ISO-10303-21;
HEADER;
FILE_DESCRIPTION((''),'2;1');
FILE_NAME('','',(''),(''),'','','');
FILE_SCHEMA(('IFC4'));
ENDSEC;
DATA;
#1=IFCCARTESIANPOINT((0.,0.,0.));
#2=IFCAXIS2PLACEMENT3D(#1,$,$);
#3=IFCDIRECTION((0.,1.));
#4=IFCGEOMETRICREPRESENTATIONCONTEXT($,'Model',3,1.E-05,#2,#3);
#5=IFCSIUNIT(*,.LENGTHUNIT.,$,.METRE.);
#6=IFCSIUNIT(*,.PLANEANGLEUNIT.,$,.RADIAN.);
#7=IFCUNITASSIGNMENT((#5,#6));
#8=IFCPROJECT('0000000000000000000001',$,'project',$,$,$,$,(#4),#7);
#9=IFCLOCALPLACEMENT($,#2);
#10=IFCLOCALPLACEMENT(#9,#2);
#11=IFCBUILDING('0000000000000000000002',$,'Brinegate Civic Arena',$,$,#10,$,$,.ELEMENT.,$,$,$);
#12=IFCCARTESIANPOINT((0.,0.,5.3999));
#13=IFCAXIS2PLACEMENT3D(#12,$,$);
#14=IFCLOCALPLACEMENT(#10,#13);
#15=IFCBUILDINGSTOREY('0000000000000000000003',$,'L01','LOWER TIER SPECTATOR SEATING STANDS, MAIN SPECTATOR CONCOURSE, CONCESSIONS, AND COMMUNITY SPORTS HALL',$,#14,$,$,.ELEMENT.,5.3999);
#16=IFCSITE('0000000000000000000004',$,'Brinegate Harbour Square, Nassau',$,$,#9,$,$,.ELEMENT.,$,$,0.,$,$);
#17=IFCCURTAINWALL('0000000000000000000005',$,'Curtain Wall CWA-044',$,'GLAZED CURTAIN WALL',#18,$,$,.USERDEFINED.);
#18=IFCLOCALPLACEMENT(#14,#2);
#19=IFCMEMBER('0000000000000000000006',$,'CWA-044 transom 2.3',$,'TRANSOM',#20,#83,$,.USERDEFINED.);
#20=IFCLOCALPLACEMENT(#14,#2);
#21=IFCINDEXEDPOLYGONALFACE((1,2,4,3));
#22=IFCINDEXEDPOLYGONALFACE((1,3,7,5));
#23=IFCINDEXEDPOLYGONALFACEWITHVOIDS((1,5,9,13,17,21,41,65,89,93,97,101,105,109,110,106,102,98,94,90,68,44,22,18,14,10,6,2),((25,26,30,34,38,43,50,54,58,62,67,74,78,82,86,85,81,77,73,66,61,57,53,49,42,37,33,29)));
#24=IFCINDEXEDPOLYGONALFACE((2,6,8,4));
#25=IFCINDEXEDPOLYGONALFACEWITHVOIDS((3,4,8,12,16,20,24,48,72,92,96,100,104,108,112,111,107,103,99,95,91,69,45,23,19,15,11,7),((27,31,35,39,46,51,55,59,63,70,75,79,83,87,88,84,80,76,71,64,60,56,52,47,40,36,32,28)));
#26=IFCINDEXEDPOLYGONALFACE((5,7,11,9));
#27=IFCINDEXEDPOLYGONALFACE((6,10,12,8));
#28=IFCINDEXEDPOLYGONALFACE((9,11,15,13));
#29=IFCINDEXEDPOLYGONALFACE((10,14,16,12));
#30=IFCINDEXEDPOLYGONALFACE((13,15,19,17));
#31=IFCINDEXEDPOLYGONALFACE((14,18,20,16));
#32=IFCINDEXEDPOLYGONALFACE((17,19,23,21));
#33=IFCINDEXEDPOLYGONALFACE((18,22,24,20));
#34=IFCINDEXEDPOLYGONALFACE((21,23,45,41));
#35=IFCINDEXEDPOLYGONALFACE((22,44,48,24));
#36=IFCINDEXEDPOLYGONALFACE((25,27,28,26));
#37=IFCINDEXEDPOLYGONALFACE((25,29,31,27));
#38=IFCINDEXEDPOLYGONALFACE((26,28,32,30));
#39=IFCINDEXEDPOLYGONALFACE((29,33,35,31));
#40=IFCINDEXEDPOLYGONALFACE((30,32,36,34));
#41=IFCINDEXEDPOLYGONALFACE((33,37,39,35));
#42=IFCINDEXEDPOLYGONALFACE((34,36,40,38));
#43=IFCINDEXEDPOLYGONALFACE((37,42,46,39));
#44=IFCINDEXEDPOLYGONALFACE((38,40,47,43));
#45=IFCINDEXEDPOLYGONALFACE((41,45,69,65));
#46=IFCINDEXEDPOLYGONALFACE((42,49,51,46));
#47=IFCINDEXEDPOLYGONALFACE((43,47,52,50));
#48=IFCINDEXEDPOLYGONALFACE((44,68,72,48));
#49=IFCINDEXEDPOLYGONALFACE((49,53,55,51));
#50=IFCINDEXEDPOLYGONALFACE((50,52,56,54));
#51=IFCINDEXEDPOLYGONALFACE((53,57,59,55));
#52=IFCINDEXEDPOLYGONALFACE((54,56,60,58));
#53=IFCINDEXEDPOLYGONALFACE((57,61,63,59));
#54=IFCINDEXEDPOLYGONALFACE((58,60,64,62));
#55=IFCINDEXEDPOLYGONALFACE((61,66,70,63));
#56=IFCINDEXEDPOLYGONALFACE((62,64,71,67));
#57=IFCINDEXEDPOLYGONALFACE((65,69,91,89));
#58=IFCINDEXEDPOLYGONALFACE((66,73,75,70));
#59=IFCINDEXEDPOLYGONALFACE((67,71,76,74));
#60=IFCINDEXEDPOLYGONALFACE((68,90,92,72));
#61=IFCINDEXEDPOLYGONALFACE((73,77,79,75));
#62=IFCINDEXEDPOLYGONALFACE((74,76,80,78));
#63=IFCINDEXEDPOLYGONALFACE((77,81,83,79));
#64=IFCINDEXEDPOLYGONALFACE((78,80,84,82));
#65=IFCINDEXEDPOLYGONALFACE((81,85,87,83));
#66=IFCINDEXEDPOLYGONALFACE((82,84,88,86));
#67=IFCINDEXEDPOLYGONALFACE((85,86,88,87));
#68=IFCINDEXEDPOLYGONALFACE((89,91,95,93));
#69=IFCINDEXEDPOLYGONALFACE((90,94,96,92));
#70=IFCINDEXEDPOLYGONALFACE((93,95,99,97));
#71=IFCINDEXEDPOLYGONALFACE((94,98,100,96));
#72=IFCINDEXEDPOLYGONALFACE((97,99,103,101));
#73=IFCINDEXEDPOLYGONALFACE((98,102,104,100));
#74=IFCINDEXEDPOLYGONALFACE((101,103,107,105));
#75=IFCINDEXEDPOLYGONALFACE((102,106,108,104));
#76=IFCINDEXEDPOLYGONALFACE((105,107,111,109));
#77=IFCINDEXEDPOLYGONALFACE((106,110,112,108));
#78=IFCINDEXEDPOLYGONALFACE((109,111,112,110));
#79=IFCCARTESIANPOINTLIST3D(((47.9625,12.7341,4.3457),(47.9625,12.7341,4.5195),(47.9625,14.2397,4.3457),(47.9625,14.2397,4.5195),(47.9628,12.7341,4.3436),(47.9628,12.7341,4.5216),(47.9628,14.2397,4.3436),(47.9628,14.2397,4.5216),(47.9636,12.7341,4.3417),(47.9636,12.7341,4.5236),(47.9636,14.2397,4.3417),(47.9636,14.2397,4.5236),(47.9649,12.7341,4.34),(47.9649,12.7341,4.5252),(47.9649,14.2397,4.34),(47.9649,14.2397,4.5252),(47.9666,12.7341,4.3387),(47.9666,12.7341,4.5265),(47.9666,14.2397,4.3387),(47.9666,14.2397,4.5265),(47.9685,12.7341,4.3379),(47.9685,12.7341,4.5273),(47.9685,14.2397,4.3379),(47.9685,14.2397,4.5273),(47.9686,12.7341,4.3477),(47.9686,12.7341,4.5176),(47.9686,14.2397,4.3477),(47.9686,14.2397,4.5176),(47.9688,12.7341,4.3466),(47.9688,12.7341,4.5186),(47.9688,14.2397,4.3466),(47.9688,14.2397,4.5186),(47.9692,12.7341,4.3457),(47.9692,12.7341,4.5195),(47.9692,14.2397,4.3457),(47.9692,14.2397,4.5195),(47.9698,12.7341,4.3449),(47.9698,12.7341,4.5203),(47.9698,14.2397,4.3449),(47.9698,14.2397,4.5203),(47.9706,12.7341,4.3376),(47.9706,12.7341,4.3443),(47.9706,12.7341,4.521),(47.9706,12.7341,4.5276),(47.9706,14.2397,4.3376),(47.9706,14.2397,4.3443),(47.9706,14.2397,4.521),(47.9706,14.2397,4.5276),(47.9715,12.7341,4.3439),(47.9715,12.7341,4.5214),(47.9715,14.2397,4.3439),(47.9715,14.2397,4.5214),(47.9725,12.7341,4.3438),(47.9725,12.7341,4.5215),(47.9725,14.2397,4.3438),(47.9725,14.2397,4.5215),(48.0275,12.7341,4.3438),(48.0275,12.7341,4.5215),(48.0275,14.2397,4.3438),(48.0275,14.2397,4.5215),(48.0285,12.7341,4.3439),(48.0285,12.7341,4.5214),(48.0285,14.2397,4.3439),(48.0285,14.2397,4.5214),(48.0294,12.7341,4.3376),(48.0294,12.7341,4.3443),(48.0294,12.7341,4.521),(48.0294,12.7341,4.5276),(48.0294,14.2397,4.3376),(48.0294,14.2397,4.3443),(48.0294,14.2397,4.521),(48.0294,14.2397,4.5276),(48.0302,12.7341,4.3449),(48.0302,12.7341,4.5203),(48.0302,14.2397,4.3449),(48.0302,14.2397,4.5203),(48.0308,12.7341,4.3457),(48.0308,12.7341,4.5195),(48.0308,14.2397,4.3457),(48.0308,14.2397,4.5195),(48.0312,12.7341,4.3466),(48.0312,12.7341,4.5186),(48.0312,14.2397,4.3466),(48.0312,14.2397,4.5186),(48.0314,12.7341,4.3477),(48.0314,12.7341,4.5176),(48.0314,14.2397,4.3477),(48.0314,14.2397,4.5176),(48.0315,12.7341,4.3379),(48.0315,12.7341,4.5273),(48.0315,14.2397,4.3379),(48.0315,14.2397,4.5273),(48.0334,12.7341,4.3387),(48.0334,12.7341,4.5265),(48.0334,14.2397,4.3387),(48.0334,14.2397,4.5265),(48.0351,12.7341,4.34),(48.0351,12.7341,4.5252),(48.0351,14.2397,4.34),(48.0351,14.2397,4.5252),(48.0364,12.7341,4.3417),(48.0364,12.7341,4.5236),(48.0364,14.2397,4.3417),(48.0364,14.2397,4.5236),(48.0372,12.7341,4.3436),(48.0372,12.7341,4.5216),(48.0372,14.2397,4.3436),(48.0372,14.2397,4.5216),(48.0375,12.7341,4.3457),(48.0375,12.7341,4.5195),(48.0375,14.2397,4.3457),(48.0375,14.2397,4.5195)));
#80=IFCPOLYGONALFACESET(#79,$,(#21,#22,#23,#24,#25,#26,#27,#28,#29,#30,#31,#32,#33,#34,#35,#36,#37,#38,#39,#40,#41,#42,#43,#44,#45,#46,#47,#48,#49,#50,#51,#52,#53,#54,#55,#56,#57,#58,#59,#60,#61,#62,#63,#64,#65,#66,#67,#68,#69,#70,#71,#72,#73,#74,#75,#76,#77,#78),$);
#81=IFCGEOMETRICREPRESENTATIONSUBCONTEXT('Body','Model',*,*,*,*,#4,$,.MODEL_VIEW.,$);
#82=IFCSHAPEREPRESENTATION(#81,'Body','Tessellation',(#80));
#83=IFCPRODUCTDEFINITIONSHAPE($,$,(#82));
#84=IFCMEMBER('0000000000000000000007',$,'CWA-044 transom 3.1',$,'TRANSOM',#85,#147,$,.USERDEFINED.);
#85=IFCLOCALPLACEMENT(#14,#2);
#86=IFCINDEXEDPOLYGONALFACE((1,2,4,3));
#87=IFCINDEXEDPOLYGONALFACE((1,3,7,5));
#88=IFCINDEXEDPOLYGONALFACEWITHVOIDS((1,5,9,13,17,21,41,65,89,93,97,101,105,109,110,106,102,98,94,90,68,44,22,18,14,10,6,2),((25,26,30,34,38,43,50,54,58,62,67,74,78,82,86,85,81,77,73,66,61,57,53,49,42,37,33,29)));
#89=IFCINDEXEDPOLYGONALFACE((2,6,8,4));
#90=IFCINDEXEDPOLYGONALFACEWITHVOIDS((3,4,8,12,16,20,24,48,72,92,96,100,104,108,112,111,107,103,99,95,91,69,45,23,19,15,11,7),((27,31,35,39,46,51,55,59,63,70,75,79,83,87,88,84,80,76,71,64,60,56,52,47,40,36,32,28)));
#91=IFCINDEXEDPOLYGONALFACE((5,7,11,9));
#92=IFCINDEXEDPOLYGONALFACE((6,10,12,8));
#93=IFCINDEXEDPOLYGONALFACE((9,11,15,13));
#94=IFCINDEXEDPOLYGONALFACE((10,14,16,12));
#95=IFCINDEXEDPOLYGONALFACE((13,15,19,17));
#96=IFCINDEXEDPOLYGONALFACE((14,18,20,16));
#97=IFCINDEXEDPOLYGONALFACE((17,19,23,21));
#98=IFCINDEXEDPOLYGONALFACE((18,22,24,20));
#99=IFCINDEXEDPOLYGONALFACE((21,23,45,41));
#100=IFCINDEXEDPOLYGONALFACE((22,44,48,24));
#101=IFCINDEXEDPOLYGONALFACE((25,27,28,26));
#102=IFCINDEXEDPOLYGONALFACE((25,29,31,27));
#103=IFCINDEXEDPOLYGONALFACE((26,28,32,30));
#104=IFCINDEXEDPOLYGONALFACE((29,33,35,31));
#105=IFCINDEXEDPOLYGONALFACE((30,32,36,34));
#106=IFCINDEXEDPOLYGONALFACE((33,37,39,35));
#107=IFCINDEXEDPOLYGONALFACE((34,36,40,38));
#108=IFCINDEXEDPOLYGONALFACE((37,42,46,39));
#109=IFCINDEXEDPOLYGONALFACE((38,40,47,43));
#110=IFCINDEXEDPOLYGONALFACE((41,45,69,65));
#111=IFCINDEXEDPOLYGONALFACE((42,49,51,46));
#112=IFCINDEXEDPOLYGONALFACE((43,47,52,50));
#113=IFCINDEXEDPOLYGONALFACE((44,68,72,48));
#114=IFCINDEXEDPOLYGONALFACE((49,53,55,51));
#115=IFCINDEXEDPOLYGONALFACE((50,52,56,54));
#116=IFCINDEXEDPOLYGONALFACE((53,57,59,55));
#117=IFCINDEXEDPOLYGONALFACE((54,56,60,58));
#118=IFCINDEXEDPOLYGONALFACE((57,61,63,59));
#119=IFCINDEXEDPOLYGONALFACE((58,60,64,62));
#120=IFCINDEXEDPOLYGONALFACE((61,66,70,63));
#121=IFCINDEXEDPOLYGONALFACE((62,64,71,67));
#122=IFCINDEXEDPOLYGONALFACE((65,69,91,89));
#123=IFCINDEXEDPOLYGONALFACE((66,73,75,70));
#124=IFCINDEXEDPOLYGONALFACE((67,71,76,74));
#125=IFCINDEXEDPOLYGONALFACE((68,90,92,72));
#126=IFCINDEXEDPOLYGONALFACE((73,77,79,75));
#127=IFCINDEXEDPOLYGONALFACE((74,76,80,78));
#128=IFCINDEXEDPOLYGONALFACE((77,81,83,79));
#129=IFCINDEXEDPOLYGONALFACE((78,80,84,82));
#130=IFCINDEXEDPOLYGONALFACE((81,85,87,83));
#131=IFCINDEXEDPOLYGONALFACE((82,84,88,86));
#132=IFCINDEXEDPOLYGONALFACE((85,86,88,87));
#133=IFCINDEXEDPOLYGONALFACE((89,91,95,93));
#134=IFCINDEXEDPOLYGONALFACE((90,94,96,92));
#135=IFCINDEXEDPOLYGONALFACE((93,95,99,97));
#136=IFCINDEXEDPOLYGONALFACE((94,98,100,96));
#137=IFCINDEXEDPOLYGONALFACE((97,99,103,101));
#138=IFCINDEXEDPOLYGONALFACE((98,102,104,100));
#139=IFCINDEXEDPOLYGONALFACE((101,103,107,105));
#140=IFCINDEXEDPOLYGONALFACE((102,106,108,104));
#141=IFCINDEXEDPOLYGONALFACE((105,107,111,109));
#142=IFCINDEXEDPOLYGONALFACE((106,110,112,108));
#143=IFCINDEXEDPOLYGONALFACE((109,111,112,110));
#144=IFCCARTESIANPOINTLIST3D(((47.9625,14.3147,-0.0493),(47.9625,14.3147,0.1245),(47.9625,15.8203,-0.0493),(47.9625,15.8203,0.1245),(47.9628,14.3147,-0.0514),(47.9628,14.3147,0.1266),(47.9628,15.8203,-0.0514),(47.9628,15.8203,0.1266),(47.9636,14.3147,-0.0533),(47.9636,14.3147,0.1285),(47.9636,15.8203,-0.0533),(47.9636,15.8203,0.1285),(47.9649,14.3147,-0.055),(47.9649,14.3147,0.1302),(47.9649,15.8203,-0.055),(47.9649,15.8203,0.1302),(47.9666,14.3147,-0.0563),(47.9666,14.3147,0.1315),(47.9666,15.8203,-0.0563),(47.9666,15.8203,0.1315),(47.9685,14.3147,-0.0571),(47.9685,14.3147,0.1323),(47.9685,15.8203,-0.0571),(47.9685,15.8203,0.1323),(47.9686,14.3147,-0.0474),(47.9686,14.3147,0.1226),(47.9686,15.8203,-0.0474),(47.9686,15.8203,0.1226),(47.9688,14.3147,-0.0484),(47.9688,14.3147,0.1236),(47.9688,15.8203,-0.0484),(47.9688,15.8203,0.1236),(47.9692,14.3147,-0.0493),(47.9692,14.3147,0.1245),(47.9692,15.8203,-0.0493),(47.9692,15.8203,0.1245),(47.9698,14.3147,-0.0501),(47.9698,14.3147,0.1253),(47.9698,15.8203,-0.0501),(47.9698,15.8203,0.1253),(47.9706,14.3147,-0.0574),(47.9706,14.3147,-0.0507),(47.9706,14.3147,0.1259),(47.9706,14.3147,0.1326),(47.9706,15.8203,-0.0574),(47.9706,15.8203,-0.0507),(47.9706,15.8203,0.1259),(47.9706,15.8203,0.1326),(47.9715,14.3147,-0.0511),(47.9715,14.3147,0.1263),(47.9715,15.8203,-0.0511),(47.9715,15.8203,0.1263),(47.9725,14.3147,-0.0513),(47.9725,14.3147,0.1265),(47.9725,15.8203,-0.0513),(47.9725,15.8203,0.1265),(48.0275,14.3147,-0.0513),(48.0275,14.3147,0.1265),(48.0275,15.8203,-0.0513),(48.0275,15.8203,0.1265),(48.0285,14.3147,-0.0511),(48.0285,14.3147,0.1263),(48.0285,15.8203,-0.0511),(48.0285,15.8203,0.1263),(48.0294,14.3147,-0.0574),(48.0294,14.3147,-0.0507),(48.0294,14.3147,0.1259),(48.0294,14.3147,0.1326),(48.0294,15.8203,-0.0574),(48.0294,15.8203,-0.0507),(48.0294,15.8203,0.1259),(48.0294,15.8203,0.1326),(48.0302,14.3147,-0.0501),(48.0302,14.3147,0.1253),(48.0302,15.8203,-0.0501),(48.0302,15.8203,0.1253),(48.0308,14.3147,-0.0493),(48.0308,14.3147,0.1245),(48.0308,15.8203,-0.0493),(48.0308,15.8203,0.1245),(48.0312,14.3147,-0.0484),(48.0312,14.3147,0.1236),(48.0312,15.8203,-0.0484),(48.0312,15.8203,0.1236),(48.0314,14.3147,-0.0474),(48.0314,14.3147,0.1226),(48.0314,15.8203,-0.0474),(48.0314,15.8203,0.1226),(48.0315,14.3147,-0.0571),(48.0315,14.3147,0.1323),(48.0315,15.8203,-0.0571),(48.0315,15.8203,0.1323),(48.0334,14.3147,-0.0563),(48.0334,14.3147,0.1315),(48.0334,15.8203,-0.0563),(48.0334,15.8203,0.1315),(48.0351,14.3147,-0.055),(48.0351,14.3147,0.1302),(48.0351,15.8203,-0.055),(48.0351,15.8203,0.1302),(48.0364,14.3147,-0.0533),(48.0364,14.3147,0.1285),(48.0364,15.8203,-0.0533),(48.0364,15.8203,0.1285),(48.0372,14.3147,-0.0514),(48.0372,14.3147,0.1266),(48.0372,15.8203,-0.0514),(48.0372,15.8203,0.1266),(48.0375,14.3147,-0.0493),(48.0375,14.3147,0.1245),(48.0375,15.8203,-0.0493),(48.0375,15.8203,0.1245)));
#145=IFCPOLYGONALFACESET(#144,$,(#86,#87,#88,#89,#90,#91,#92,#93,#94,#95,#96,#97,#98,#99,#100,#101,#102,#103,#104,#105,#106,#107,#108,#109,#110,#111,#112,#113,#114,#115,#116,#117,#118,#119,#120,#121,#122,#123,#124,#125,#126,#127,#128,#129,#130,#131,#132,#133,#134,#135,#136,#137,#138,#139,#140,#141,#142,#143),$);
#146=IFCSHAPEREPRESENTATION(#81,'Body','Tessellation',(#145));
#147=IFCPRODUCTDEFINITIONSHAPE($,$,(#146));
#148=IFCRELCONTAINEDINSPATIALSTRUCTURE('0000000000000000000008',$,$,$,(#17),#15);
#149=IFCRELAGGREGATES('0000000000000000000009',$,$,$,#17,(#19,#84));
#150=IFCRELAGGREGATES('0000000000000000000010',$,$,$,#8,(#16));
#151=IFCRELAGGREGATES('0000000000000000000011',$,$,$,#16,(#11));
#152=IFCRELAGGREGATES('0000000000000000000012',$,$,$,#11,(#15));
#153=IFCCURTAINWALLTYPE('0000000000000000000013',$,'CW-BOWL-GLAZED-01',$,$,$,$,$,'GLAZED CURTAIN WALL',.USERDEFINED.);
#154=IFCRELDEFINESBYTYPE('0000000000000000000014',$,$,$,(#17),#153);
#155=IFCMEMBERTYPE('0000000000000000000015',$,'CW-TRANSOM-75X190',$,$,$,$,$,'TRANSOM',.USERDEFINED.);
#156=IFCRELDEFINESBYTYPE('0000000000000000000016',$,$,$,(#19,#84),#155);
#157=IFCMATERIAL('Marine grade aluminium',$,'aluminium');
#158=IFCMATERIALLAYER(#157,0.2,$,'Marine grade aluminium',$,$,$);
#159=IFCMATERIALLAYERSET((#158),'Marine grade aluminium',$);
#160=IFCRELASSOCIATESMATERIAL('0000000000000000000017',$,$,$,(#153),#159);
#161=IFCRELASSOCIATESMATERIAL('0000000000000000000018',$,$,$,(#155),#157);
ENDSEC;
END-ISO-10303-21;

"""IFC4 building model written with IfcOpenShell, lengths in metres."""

from ifc_helpers import new_model, si_unit, direction, frame, origin, origin_2d, place, context, subcontext, project, spatial, hollow_rectangle, extrude, material, layer, layer_set, material_profile, profile_set, type_object, element, aggregate, save


model = new_model("IFC4")

# Units and contexts
model_context = context("Model", 3, precision=1e-05, world=origin(), true_north=direction((0.0, 1.0)))
body_context = subcontext(model_context, "Body", "Model", "MODEL_VIEW")
ifc_project = project(units=[si_unit("LENGTHUNIT", "METRE"), si_unit("PLANEANGLEUNIT", "RADIAN")], contexts=[model_context])

# Site, building, storey
site_placement = place(None, origin())
site = spatial("IfcSite", under=ifc_project, at=site_placement, Name="Brinegate Harbour Square, Nassau", CompositionType="ELEMENT", RefElevation=0.0)
building_placement = place(site_placement, origin())
building = spatial("IfcBuilding", under=site, at=building_placement, Name="Brinegate Civic Arena", CompositionType="ELEMENT")
storey_placement = place(building_placement, frame((0.0, 0.0, 5.3999)))
storey = spatial("IfcBuildingStorey", under=building, at=storey_placement, Name="L01", Description="LOWER TIER SPECTATOR SEATING STANDS, MAIN SPECTATOR CONCOURSE, CONCESSIONS, AND COMMUNITY SPORTS HALL", CompositionType="ELEMENT", Elevation=5.3999)

# Curtain wall, members
ifc_material_1 = material(Name="Marine grade aluminium", Category="aluminium")
ifc_layer_1 = layer(ifc_material_1, 0.2, Name="Marine grade aluminium")
ifc_layer_set_1 = layer_set([ifc_layer_1], Name="Marine grade aluminium")
curtain_wall_type = type_object("IfcCurtainWallType", Name="CW-BOWL-GLAZED-01", ElementType="GLAZED CURTAIN WALL", PredefinedType="USERDEFINED", material=ifc_layer_set_1)
curtain_wall_placement = place(storey_placement, origin())
curtain_wall = element("IfcCurtainWall", 1, at=curtain_wall_placement, inside=storey, type_object=curtain_wall_type, Name="Curtain Wall CWA-044", ObjectType="GLAZED CURTAIN WALL", PredefinedType="USERDEFINED")
ifc_material_profile_1 = material_profile(ifc_material_1, hollow_rectangle(XDim=0.075, YDim=0.1899, WallThickness=0.0061, InnerFilletRadius=0.0039, OuterFilletRadius=0.0081, at=origin_2d()), Name="TRN75X190")
ifc_profile_set_1 = profile_set([ifc_material_profile_1], Name="Marine grade aluminium")
member_type_1 = type_object("IfcMemberType", Name="CW-TRANSOM-75X190", ElementType="TRANSOM", PredefinedType="USERDEFINED", material=ifc_profile_set_1)
member_1_placement = place(storey_placement, frame((48.0, 12.7341, 4.4326), z_axis=(0.0, 1.0, 0.0), x_axis=(-1.0, 0.0, 0.0)))
member_1 = element("IfcMember", 2, at=member_1_placement, type_object=member_type_1, Name="CWA-044 transom 2.3", ObjectType="TRANSOM", PredefinedType="USERDEFINED", context=body_context, shape_type="SweptSolid", body=[
    extrude(hollow_rectangle(XDim=0.075, YDim=0.1899, WallThickness=0.0061, InnerFilletRadius=0.0039, OuterFilletRadius=0.0081, at=origin_2d()), origin(), (0.0, 0.0, 1.0), 1.5056),
])
member_2_placement = place(storey_placement, frame((48.0, 14.3147, 0.0376), z_axis=(0.0, 1.0, 0.0), x_axis=(-1.0, 0.0, 0.0)))
member_2 = element("IfcMember", 3, at=member_2_placement, type_object=member_type_1, Name="CWA-044 transom 3.1", ObjectType="TRANSOM", PredefinedType="USERDEFINED", context=body_context, shape_type="SweptSolid", body=[
    extrude(hollow_rectangle(XDim=0.075, YDim=0.1899, WallThickness=0.0061, InnerFilletRadius=0.0039, OuterFilletRadius=0.0081, at=origin_2d()), origin(), (0.0, 0.0, 1.0), 1.5056),
])

aggregate(curtain_wall, [member_1, member_2])

save(model, "model.ifc")
